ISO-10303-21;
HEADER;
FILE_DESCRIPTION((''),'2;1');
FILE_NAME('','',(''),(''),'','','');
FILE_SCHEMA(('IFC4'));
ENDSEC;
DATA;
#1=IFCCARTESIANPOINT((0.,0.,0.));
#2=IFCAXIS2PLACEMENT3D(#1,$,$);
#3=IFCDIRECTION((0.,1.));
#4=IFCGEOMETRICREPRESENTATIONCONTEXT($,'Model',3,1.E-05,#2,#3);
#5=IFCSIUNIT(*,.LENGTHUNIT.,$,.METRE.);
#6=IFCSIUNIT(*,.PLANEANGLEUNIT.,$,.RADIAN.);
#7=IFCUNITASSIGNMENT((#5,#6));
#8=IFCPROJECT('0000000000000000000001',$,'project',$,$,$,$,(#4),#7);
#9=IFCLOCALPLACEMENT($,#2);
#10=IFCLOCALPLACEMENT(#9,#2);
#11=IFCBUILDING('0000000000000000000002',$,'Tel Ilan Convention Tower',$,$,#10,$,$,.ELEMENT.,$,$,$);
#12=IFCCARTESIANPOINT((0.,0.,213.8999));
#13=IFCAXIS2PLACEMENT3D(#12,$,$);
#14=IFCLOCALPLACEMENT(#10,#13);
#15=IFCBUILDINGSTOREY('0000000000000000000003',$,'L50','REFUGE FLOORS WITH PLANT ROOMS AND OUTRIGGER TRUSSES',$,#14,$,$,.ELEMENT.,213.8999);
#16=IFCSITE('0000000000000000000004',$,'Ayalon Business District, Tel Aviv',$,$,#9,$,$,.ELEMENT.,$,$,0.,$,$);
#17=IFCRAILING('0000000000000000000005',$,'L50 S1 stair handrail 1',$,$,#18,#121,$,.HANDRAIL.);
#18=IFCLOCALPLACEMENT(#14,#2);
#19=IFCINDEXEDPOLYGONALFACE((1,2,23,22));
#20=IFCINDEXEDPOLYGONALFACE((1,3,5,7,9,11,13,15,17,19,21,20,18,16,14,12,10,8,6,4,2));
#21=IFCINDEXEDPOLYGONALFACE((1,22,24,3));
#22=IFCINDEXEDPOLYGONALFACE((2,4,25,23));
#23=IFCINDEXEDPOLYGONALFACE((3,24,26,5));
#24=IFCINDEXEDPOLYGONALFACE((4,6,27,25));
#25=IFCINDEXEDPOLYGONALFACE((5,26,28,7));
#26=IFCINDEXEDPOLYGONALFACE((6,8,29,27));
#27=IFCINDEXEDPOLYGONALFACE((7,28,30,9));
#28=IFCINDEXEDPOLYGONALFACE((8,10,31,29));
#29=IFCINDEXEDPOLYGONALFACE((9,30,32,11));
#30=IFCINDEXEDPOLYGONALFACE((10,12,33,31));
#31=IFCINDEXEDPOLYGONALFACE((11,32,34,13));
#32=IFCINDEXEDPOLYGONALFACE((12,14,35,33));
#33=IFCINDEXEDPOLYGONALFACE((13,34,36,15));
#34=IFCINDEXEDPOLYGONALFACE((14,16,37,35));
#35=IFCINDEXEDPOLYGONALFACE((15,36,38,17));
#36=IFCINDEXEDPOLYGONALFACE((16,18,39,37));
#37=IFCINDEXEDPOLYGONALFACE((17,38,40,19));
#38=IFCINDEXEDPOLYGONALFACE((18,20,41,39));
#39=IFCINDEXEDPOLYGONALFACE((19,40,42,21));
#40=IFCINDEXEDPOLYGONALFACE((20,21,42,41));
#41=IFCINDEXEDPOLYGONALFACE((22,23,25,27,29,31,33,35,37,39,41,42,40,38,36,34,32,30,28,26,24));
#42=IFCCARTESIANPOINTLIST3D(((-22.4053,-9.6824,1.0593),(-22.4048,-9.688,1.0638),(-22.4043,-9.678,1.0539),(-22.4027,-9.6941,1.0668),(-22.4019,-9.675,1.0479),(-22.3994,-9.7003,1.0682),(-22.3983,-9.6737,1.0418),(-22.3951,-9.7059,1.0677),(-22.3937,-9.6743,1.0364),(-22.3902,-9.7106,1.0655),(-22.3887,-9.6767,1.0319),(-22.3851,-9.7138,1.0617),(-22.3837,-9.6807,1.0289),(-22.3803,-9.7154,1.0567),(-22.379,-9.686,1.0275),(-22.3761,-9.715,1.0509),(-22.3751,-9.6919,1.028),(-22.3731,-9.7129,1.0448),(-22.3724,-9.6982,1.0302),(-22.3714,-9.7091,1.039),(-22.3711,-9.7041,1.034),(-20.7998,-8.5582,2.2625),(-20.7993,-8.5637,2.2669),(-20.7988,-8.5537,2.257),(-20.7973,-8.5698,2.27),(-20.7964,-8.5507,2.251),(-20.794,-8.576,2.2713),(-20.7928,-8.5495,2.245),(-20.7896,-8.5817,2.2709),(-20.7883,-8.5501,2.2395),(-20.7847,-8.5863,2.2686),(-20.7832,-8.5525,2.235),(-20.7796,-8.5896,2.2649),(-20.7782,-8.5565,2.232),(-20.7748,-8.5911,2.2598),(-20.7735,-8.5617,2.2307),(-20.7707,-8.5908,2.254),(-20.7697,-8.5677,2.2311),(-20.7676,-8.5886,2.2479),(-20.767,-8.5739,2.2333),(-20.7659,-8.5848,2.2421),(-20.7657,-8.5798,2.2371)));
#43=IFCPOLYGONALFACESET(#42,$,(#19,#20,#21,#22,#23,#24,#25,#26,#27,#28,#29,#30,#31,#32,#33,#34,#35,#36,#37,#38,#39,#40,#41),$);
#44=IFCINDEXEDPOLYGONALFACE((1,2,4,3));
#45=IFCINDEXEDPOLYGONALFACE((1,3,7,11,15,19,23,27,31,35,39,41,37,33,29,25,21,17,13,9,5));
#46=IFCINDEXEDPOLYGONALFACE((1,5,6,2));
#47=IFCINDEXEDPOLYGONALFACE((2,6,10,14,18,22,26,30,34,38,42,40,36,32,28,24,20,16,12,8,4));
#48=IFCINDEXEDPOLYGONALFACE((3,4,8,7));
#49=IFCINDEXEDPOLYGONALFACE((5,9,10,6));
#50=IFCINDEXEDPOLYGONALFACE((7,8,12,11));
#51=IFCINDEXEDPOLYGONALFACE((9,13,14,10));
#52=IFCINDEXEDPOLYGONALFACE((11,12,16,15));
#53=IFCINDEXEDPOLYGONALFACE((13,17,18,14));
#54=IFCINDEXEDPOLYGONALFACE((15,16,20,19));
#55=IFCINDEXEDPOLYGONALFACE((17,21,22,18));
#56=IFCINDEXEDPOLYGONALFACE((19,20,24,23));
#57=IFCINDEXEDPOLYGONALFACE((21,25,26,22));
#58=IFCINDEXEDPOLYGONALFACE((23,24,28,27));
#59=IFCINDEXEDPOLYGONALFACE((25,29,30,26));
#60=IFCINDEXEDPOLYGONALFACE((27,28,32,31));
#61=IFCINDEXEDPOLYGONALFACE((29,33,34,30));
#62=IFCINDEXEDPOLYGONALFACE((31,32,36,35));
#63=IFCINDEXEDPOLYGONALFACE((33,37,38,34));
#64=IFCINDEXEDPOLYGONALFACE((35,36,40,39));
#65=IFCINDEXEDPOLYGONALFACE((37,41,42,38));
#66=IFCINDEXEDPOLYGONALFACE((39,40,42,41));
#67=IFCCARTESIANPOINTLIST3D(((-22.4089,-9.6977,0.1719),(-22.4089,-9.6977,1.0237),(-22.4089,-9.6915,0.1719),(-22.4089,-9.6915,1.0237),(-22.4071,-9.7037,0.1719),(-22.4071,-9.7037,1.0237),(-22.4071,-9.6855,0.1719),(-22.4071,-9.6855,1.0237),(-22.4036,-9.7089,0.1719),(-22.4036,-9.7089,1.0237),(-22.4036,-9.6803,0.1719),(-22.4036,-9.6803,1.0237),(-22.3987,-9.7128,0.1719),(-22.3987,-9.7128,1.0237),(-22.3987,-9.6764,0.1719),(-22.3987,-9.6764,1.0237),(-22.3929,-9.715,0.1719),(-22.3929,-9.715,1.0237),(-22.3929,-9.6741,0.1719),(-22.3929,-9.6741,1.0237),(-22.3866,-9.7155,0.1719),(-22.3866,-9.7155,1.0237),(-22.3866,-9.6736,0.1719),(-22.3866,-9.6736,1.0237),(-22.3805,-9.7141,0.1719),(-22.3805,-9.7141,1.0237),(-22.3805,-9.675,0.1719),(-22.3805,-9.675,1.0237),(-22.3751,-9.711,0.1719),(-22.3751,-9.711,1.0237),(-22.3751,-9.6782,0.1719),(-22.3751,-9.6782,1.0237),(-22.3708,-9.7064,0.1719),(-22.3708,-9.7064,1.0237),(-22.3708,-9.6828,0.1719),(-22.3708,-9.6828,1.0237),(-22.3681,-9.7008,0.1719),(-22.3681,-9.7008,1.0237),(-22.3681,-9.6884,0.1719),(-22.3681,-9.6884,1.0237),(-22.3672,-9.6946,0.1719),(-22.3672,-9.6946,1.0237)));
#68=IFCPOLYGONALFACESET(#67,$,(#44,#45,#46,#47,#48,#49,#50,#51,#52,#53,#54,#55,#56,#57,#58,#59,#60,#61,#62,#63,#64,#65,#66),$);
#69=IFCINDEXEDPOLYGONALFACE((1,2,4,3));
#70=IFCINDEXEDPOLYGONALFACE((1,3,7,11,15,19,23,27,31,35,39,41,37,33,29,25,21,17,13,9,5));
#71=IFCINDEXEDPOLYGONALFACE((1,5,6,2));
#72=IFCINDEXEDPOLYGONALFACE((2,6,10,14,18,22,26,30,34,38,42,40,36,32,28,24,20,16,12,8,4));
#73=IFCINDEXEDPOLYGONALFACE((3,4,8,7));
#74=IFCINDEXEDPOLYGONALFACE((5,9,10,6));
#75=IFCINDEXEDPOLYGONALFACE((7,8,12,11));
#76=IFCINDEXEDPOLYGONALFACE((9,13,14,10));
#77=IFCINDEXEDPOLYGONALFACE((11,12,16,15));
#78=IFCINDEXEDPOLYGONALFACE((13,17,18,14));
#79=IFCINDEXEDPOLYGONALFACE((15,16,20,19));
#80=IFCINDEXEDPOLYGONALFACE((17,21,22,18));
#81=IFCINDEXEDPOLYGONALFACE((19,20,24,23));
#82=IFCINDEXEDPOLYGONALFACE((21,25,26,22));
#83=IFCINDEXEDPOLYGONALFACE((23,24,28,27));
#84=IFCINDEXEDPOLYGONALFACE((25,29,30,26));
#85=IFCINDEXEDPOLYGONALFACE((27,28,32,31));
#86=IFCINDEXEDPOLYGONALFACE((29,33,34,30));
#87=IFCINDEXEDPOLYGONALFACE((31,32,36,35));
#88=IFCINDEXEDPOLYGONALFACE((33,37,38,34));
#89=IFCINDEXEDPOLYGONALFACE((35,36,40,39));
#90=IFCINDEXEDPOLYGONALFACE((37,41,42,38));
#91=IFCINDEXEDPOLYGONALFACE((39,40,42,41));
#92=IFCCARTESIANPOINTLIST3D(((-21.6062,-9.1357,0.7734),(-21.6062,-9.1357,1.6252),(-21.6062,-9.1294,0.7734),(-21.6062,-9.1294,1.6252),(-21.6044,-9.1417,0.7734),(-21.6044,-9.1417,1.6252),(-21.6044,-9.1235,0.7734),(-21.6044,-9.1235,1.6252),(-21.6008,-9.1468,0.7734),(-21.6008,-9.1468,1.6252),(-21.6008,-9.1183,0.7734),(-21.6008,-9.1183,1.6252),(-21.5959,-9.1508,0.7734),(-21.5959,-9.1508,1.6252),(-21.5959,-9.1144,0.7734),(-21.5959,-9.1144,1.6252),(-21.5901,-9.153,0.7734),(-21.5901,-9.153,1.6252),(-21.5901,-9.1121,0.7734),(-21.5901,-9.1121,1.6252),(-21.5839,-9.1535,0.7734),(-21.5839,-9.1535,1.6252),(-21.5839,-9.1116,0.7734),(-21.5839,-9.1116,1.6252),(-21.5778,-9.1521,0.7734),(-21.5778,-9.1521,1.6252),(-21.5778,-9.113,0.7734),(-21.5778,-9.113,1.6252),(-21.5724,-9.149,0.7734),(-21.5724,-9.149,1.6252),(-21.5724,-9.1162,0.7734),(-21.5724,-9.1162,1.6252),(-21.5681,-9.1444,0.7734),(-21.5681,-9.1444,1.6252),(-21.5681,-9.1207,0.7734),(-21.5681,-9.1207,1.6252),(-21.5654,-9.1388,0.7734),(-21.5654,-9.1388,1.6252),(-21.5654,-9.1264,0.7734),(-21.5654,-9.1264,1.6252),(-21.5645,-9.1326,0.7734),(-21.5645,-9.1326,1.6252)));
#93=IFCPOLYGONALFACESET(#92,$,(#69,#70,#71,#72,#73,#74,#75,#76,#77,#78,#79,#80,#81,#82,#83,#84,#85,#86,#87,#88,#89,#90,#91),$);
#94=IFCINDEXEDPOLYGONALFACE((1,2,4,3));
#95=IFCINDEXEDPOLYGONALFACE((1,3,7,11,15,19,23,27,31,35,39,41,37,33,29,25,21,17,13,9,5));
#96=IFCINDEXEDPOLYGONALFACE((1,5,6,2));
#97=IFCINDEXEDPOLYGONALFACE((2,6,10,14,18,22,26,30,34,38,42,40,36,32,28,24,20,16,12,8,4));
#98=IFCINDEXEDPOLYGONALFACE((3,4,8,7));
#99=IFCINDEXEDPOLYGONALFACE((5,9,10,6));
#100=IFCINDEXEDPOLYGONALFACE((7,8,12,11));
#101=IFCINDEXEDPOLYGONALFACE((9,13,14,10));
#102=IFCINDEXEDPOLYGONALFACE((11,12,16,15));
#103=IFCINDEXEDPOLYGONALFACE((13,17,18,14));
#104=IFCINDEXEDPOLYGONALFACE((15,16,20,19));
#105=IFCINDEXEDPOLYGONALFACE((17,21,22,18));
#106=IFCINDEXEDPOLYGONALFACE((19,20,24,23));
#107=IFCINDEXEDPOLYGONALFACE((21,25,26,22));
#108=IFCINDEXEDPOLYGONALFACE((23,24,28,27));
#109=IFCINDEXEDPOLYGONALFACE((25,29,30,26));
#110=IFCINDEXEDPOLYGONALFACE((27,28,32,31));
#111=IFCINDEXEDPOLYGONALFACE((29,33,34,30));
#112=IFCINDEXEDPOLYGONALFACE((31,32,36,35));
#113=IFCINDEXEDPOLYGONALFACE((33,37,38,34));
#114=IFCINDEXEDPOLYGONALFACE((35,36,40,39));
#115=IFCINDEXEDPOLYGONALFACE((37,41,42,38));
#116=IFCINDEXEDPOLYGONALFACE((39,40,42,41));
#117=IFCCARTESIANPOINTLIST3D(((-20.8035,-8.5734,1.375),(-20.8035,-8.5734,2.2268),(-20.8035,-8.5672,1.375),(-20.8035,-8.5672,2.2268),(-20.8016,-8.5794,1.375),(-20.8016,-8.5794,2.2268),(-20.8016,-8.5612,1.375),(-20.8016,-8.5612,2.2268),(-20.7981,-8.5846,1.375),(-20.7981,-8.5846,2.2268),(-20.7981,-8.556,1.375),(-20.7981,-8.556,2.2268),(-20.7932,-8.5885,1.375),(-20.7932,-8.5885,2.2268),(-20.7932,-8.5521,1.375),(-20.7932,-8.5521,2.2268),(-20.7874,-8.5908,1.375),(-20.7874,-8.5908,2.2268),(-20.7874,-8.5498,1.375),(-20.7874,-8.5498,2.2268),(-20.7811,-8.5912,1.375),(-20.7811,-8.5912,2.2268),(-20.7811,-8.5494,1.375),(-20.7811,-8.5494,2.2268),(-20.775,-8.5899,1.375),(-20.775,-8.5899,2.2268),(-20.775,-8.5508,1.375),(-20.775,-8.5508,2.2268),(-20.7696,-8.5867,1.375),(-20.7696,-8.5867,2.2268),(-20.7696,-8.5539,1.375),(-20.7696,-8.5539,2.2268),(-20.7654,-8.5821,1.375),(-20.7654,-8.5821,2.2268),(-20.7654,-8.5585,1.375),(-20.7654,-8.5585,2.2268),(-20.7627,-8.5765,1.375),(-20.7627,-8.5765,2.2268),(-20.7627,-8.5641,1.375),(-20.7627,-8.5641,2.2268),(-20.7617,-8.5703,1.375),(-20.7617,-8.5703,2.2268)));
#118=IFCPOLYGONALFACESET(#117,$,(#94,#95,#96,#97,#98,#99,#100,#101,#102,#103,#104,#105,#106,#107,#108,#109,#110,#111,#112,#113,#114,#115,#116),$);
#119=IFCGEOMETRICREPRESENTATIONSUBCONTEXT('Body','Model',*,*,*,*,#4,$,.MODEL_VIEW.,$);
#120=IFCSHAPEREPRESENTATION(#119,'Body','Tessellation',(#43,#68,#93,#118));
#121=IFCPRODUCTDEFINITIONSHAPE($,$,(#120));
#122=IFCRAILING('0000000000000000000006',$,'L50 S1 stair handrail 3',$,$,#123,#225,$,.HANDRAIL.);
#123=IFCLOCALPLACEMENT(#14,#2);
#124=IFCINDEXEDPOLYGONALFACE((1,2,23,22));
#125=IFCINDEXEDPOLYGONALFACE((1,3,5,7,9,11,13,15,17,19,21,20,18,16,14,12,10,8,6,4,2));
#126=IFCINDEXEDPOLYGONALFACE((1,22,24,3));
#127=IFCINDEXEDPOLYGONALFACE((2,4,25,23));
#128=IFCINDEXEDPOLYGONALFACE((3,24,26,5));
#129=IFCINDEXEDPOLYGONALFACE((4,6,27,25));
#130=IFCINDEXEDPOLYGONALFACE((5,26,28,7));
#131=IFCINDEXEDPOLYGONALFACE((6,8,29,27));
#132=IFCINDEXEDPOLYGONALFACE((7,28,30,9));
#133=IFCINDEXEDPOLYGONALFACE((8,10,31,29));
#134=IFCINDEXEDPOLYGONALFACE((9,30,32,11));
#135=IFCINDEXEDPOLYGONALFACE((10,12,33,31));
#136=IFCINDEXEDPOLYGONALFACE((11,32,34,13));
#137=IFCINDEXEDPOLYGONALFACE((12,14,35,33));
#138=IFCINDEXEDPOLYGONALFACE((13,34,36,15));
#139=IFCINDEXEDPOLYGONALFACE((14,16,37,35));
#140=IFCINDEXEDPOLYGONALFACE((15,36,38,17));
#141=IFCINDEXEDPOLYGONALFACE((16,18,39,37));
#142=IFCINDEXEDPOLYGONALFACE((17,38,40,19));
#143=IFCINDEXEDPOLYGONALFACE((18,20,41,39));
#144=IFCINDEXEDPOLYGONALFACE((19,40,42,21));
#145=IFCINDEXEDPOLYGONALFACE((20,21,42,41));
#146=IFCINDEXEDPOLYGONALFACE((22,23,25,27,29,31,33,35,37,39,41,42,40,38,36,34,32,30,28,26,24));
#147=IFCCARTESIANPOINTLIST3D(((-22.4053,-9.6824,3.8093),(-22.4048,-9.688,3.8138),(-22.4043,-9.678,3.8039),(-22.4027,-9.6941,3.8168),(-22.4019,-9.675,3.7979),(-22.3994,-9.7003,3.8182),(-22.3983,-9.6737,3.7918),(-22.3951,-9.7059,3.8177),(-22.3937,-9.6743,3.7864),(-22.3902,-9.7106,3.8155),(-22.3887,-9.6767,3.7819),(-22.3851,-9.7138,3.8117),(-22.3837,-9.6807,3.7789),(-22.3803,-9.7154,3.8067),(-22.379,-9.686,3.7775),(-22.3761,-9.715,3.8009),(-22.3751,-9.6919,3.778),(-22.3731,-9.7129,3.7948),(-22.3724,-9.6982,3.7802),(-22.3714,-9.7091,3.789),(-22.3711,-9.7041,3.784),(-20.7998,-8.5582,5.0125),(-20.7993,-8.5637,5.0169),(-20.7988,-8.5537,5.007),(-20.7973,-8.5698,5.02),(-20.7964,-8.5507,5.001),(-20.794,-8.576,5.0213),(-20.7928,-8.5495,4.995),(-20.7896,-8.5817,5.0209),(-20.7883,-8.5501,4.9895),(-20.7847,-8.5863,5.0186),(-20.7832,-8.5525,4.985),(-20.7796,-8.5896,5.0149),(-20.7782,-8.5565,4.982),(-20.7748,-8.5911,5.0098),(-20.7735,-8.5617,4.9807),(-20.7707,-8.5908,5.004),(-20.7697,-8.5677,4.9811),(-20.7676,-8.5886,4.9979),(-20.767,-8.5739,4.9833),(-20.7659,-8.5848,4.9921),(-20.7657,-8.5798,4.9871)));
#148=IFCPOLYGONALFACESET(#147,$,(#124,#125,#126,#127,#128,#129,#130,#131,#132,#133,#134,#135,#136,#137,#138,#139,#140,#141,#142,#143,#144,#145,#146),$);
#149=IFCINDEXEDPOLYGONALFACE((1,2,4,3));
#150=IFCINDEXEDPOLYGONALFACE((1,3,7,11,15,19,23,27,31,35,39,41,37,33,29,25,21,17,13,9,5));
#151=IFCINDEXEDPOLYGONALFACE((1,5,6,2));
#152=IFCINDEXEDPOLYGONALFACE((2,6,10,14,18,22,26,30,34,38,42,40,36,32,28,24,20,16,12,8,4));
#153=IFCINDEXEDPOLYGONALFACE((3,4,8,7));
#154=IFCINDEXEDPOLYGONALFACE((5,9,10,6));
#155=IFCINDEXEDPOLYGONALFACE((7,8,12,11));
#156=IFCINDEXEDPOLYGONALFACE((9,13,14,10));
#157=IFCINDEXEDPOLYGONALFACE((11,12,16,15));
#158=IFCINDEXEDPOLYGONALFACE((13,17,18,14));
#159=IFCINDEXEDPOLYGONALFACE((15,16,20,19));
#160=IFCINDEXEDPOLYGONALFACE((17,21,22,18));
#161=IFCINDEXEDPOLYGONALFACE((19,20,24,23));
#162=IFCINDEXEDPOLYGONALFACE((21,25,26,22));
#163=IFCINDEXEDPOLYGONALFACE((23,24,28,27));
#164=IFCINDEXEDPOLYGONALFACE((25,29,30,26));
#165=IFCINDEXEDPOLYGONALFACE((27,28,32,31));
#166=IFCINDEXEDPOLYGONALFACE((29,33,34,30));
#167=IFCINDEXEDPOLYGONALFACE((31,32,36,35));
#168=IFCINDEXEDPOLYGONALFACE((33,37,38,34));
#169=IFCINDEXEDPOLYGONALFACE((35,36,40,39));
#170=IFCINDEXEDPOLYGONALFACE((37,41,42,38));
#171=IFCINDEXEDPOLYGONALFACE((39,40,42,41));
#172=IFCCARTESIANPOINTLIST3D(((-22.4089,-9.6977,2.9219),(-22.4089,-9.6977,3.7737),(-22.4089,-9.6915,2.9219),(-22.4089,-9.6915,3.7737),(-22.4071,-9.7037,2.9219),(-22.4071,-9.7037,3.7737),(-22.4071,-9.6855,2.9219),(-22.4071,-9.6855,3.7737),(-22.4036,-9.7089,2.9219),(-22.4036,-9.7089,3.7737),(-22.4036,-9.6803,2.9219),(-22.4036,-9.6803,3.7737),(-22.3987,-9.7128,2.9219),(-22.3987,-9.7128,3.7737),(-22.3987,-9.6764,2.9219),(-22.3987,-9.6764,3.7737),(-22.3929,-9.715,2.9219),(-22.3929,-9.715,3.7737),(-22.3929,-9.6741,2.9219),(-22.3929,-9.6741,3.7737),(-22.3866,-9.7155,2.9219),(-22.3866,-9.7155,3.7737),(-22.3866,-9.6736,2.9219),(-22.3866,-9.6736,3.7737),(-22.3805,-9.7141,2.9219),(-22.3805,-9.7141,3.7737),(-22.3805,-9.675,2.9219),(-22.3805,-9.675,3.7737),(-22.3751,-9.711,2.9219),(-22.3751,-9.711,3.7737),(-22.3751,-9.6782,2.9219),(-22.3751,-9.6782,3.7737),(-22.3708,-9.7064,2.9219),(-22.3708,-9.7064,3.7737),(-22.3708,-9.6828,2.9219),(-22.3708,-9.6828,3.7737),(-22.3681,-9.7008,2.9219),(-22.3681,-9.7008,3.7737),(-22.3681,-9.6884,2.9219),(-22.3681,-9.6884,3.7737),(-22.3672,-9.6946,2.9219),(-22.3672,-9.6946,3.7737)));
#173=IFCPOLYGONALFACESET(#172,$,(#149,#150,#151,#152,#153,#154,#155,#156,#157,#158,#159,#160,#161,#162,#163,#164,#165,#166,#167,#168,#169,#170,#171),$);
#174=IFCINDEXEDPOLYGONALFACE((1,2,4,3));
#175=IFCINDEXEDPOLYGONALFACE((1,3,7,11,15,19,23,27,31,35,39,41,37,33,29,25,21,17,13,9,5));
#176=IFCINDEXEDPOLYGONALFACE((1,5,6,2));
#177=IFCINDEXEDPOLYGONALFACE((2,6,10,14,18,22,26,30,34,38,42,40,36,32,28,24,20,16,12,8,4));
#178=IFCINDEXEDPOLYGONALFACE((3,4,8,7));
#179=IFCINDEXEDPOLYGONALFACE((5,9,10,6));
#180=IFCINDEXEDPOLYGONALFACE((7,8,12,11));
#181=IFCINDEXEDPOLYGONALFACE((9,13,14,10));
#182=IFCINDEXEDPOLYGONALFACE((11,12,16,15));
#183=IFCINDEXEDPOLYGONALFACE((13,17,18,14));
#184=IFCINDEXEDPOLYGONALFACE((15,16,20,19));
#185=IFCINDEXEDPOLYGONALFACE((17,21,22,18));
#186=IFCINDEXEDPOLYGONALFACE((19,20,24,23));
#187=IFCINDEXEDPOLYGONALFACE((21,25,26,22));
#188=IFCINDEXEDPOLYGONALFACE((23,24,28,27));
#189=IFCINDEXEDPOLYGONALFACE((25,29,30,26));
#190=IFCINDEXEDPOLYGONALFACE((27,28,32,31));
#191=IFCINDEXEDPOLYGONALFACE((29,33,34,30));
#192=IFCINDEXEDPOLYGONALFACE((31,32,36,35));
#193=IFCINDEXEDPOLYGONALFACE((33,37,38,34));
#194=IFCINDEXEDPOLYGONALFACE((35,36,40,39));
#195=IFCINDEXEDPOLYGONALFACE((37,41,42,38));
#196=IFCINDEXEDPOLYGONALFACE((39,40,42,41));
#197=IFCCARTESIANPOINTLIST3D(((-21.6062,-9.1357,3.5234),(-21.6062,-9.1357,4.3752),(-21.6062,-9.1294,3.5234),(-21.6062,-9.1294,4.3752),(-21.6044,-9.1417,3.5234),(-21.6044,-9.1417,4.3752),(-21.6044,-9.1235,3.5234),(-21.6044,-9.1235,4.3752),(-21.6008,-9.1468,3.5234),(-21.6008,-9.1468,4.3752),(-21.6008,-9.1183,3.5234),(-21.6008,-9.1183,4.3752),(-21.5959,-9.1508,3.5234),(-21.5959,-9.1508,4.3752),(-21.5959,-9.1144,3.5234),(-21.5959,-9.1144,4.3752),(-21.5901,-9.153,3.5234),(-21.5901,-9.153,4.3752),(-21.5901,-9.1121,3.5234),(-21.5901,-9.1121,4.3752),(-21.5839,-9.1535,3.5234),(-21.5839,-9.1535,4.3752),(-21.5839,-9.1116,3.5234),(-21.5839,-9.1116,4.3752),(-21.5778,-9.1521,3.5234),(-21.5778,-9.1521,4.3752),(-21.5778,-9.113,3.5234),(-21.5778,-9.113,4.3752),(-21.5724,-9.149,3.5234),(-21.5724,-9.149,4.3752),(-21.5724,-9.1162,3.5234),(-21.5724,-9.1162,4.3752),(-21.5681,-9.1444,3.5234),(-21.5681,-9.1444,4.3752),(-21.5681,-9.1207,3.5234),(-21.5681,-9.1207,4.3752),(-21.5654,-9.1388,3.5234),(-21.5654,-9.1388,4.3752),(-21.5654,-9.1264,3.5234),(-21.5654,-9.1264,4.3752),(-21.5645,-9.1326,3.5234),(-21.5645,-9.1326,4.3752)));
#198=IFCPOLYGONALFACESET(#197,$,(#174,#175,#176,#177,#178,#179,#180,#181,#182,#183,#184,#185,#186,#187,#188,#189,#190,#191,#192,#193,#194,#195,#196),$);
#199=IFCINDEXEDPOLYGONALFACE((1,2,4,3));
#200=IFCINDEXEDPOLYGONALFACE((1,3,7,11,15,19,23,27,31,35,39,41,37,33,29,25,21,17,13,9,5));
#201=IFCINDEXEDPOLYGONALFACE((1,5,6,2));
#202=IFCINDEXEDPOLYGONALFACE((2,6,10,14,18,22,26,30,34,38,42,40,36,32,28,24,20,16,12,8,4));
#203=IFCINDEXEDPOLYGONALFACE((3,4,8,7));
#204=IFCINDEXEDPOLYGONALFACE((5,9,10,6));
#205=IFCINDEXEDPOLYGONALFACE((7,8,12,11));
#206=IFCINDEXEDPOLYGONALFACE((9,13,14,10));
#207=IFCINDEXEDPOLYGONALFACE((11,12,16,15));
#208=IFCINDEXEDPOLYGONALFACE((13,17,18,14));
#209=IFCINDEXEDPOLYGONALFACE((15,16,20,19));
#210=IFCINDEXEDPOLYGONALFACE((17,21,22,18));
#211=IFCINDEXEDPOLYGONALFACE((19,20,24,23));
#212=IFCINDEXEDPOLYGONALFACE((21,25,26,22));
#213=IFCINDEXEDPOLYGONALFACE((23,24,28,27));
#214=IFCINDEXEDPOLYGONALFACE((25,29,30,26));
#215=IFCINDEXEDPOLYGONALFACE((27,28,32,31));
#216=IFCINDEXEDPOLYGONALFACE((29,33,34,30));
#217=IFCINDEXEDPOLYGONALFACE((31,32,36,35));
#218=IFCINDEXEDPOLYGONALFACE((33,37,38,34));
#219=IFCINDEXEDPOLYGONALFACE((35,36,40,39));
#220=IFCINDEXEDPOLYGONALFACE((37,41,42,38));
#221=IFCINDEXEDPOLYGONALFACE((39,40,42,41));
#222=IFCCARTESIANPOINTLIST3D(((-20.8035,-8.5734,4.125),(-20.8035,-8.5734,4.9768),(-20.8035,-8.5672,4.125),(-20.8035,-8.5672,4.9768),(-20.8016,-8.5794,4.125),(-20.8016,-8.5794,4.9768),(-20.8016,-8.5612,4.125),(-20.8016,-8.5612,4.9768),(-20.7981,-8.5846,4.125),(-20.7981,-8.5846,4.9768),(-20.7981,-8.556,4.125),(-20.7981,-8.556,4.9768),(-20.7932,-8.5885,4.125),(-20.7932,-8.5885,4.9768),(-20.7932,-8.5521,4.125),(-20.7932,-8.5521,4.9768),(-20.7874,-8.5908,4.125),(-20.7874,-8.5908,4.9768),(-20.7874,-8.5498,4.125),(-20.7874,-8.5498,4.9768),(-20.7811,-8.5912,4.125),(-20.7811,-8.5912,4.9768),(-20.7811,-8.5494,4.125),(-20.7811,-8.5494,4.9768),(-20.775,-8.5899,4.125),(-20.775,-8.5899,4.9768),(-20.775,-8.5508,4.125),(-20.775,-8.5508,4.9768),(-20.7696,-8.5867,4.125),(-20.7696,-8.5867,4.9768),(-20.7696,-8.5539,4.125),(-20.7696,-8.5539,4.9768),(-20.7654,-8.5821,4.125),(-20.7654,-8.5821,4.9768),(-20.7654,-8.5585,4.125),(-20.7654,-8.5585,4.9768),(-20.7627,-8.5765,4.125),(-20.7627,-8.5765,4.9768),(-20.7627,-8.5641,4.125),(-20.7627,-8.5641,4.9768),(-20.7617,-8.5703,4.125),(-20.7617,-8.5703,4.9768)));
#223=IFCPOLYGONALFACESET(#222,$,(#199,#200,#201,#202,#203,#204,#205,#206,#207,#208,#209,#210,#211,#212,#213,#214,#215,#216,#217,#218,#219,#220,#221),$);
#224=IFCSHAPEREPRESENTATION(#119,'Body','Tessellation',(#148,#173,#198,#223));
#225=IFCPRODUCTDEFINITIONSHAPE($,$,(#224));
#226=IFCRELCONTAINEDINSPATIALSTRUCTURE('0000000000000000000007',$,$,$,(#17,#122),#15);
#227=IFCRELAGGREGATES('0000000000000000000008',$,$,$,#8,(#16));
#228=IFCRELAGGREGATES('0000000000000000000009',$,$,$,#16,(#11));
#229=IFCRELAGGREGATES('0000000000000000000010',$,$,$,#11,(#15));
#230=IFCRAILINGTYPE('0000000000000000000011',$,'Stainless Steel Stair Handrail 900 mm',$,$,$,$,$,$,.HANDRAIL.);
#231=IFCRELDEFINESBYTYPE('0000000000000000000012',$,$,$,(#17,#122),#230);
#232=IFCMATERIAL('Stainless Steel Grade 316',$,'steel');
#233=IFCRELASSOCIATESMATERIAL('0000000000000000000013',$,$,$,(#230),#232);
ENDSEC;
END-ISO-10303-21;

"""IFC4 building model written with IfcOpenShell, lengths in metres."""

from ifc_helpers import new_model, si_unit, direction, frame, origin, origin_2d, place, context, subcontext, project, spatial, circle, extrude, material, type_object, element, save


model = new_model("IFC4")

# Units and contexts
model_context = context("Model", 3, precision=1e-05, world=origin(), true_north=direction((0.0, 1.0)))
body_context = subcontext(model_context, "Body", "Model", "MODEL_VIEW")
ifc_project = project(units=[si_unit("LENGTHUNIT", "METRE"), si_unit("PLANEANGLEUNIT", "RADIAN")], contexts=[model_context])

# Site, building, storey
site_placement = place(None, origin())
site = spatial("IfcSite", under=ifc_project, at=site_placement, Name="Ayalon Business District, Tel Aviv", CompositionType="ELEMENT", RefElevation=0.0)
building_placement = place(site_placement, origin())
building = spatial("IfcBuilding", under=site, at=building_placement, Name="Tel Ilan Convention Tower", CompositionType="ELEMENT")
storey_placement = place(building_placement, frame((0.0, 0.0, 213.8999)))
storey = spatial("IfcBuildingStorey", under=building, at=storey_placement, Name="L50", Description="REFUGE FLOORS WITH PLANT ROOMS AND OUTRIGGER TRUSSES", CompositionType="ELEMENT", Elevation=213.8999)

# Railings
ifc_material_1 = material(Name="Stainless Steel Grade 316", Category="steel")
railing_type_1 = type_object("IfcRailingType", Name="Stainless Steel Stair Handrail 900 mm", PredefinedType="HANDRAIL", material=ifc_material_1)
for number, where, name in (
    (1, (-22.3882, -9.6946, 0.1719), "L50 S1 stair handrail 1"),
    (2, (-22.3882, -9.6946, 2.9219), "L50 S1 stair handrail 3"),
):
    element("IfcRailing", number, at=place(storey_placement, frame(where)), inside=storey, type_object=railing_type_1, Name=name, PredefinedType="HANDRAIL", context=body_context, shape_type="SweptSolid", body=[
        extrude(circle(Radius=0.0239, at=origin_2d()), frame((0.0, 0.0, 0.876), z_axis=(0.698095, 0.488857, 0.523146), x_axis=(-0.573613, 0.819127, 0.0)), (0.0, 0.0, 1.0), 2.2998),
        extrude(circle(Radius=0.021, at=origin_2d()), origin(), (0.0, 0.0, 1.0), 0.8518),
        extrude(circle(Radius=0.021, at=origin_2d()), frame((0.8027, 0.562, 0.6016)), (0.0, 0.0, 1.0), 0.8518),
        extrude(circle(Radius=0.021, at=origin_2d()), frame((1.6055, 1.1243, 1.2031)), (0.0, 0.0, 1.0), 0.8518),
    ])

save(model, "model.ifc")
